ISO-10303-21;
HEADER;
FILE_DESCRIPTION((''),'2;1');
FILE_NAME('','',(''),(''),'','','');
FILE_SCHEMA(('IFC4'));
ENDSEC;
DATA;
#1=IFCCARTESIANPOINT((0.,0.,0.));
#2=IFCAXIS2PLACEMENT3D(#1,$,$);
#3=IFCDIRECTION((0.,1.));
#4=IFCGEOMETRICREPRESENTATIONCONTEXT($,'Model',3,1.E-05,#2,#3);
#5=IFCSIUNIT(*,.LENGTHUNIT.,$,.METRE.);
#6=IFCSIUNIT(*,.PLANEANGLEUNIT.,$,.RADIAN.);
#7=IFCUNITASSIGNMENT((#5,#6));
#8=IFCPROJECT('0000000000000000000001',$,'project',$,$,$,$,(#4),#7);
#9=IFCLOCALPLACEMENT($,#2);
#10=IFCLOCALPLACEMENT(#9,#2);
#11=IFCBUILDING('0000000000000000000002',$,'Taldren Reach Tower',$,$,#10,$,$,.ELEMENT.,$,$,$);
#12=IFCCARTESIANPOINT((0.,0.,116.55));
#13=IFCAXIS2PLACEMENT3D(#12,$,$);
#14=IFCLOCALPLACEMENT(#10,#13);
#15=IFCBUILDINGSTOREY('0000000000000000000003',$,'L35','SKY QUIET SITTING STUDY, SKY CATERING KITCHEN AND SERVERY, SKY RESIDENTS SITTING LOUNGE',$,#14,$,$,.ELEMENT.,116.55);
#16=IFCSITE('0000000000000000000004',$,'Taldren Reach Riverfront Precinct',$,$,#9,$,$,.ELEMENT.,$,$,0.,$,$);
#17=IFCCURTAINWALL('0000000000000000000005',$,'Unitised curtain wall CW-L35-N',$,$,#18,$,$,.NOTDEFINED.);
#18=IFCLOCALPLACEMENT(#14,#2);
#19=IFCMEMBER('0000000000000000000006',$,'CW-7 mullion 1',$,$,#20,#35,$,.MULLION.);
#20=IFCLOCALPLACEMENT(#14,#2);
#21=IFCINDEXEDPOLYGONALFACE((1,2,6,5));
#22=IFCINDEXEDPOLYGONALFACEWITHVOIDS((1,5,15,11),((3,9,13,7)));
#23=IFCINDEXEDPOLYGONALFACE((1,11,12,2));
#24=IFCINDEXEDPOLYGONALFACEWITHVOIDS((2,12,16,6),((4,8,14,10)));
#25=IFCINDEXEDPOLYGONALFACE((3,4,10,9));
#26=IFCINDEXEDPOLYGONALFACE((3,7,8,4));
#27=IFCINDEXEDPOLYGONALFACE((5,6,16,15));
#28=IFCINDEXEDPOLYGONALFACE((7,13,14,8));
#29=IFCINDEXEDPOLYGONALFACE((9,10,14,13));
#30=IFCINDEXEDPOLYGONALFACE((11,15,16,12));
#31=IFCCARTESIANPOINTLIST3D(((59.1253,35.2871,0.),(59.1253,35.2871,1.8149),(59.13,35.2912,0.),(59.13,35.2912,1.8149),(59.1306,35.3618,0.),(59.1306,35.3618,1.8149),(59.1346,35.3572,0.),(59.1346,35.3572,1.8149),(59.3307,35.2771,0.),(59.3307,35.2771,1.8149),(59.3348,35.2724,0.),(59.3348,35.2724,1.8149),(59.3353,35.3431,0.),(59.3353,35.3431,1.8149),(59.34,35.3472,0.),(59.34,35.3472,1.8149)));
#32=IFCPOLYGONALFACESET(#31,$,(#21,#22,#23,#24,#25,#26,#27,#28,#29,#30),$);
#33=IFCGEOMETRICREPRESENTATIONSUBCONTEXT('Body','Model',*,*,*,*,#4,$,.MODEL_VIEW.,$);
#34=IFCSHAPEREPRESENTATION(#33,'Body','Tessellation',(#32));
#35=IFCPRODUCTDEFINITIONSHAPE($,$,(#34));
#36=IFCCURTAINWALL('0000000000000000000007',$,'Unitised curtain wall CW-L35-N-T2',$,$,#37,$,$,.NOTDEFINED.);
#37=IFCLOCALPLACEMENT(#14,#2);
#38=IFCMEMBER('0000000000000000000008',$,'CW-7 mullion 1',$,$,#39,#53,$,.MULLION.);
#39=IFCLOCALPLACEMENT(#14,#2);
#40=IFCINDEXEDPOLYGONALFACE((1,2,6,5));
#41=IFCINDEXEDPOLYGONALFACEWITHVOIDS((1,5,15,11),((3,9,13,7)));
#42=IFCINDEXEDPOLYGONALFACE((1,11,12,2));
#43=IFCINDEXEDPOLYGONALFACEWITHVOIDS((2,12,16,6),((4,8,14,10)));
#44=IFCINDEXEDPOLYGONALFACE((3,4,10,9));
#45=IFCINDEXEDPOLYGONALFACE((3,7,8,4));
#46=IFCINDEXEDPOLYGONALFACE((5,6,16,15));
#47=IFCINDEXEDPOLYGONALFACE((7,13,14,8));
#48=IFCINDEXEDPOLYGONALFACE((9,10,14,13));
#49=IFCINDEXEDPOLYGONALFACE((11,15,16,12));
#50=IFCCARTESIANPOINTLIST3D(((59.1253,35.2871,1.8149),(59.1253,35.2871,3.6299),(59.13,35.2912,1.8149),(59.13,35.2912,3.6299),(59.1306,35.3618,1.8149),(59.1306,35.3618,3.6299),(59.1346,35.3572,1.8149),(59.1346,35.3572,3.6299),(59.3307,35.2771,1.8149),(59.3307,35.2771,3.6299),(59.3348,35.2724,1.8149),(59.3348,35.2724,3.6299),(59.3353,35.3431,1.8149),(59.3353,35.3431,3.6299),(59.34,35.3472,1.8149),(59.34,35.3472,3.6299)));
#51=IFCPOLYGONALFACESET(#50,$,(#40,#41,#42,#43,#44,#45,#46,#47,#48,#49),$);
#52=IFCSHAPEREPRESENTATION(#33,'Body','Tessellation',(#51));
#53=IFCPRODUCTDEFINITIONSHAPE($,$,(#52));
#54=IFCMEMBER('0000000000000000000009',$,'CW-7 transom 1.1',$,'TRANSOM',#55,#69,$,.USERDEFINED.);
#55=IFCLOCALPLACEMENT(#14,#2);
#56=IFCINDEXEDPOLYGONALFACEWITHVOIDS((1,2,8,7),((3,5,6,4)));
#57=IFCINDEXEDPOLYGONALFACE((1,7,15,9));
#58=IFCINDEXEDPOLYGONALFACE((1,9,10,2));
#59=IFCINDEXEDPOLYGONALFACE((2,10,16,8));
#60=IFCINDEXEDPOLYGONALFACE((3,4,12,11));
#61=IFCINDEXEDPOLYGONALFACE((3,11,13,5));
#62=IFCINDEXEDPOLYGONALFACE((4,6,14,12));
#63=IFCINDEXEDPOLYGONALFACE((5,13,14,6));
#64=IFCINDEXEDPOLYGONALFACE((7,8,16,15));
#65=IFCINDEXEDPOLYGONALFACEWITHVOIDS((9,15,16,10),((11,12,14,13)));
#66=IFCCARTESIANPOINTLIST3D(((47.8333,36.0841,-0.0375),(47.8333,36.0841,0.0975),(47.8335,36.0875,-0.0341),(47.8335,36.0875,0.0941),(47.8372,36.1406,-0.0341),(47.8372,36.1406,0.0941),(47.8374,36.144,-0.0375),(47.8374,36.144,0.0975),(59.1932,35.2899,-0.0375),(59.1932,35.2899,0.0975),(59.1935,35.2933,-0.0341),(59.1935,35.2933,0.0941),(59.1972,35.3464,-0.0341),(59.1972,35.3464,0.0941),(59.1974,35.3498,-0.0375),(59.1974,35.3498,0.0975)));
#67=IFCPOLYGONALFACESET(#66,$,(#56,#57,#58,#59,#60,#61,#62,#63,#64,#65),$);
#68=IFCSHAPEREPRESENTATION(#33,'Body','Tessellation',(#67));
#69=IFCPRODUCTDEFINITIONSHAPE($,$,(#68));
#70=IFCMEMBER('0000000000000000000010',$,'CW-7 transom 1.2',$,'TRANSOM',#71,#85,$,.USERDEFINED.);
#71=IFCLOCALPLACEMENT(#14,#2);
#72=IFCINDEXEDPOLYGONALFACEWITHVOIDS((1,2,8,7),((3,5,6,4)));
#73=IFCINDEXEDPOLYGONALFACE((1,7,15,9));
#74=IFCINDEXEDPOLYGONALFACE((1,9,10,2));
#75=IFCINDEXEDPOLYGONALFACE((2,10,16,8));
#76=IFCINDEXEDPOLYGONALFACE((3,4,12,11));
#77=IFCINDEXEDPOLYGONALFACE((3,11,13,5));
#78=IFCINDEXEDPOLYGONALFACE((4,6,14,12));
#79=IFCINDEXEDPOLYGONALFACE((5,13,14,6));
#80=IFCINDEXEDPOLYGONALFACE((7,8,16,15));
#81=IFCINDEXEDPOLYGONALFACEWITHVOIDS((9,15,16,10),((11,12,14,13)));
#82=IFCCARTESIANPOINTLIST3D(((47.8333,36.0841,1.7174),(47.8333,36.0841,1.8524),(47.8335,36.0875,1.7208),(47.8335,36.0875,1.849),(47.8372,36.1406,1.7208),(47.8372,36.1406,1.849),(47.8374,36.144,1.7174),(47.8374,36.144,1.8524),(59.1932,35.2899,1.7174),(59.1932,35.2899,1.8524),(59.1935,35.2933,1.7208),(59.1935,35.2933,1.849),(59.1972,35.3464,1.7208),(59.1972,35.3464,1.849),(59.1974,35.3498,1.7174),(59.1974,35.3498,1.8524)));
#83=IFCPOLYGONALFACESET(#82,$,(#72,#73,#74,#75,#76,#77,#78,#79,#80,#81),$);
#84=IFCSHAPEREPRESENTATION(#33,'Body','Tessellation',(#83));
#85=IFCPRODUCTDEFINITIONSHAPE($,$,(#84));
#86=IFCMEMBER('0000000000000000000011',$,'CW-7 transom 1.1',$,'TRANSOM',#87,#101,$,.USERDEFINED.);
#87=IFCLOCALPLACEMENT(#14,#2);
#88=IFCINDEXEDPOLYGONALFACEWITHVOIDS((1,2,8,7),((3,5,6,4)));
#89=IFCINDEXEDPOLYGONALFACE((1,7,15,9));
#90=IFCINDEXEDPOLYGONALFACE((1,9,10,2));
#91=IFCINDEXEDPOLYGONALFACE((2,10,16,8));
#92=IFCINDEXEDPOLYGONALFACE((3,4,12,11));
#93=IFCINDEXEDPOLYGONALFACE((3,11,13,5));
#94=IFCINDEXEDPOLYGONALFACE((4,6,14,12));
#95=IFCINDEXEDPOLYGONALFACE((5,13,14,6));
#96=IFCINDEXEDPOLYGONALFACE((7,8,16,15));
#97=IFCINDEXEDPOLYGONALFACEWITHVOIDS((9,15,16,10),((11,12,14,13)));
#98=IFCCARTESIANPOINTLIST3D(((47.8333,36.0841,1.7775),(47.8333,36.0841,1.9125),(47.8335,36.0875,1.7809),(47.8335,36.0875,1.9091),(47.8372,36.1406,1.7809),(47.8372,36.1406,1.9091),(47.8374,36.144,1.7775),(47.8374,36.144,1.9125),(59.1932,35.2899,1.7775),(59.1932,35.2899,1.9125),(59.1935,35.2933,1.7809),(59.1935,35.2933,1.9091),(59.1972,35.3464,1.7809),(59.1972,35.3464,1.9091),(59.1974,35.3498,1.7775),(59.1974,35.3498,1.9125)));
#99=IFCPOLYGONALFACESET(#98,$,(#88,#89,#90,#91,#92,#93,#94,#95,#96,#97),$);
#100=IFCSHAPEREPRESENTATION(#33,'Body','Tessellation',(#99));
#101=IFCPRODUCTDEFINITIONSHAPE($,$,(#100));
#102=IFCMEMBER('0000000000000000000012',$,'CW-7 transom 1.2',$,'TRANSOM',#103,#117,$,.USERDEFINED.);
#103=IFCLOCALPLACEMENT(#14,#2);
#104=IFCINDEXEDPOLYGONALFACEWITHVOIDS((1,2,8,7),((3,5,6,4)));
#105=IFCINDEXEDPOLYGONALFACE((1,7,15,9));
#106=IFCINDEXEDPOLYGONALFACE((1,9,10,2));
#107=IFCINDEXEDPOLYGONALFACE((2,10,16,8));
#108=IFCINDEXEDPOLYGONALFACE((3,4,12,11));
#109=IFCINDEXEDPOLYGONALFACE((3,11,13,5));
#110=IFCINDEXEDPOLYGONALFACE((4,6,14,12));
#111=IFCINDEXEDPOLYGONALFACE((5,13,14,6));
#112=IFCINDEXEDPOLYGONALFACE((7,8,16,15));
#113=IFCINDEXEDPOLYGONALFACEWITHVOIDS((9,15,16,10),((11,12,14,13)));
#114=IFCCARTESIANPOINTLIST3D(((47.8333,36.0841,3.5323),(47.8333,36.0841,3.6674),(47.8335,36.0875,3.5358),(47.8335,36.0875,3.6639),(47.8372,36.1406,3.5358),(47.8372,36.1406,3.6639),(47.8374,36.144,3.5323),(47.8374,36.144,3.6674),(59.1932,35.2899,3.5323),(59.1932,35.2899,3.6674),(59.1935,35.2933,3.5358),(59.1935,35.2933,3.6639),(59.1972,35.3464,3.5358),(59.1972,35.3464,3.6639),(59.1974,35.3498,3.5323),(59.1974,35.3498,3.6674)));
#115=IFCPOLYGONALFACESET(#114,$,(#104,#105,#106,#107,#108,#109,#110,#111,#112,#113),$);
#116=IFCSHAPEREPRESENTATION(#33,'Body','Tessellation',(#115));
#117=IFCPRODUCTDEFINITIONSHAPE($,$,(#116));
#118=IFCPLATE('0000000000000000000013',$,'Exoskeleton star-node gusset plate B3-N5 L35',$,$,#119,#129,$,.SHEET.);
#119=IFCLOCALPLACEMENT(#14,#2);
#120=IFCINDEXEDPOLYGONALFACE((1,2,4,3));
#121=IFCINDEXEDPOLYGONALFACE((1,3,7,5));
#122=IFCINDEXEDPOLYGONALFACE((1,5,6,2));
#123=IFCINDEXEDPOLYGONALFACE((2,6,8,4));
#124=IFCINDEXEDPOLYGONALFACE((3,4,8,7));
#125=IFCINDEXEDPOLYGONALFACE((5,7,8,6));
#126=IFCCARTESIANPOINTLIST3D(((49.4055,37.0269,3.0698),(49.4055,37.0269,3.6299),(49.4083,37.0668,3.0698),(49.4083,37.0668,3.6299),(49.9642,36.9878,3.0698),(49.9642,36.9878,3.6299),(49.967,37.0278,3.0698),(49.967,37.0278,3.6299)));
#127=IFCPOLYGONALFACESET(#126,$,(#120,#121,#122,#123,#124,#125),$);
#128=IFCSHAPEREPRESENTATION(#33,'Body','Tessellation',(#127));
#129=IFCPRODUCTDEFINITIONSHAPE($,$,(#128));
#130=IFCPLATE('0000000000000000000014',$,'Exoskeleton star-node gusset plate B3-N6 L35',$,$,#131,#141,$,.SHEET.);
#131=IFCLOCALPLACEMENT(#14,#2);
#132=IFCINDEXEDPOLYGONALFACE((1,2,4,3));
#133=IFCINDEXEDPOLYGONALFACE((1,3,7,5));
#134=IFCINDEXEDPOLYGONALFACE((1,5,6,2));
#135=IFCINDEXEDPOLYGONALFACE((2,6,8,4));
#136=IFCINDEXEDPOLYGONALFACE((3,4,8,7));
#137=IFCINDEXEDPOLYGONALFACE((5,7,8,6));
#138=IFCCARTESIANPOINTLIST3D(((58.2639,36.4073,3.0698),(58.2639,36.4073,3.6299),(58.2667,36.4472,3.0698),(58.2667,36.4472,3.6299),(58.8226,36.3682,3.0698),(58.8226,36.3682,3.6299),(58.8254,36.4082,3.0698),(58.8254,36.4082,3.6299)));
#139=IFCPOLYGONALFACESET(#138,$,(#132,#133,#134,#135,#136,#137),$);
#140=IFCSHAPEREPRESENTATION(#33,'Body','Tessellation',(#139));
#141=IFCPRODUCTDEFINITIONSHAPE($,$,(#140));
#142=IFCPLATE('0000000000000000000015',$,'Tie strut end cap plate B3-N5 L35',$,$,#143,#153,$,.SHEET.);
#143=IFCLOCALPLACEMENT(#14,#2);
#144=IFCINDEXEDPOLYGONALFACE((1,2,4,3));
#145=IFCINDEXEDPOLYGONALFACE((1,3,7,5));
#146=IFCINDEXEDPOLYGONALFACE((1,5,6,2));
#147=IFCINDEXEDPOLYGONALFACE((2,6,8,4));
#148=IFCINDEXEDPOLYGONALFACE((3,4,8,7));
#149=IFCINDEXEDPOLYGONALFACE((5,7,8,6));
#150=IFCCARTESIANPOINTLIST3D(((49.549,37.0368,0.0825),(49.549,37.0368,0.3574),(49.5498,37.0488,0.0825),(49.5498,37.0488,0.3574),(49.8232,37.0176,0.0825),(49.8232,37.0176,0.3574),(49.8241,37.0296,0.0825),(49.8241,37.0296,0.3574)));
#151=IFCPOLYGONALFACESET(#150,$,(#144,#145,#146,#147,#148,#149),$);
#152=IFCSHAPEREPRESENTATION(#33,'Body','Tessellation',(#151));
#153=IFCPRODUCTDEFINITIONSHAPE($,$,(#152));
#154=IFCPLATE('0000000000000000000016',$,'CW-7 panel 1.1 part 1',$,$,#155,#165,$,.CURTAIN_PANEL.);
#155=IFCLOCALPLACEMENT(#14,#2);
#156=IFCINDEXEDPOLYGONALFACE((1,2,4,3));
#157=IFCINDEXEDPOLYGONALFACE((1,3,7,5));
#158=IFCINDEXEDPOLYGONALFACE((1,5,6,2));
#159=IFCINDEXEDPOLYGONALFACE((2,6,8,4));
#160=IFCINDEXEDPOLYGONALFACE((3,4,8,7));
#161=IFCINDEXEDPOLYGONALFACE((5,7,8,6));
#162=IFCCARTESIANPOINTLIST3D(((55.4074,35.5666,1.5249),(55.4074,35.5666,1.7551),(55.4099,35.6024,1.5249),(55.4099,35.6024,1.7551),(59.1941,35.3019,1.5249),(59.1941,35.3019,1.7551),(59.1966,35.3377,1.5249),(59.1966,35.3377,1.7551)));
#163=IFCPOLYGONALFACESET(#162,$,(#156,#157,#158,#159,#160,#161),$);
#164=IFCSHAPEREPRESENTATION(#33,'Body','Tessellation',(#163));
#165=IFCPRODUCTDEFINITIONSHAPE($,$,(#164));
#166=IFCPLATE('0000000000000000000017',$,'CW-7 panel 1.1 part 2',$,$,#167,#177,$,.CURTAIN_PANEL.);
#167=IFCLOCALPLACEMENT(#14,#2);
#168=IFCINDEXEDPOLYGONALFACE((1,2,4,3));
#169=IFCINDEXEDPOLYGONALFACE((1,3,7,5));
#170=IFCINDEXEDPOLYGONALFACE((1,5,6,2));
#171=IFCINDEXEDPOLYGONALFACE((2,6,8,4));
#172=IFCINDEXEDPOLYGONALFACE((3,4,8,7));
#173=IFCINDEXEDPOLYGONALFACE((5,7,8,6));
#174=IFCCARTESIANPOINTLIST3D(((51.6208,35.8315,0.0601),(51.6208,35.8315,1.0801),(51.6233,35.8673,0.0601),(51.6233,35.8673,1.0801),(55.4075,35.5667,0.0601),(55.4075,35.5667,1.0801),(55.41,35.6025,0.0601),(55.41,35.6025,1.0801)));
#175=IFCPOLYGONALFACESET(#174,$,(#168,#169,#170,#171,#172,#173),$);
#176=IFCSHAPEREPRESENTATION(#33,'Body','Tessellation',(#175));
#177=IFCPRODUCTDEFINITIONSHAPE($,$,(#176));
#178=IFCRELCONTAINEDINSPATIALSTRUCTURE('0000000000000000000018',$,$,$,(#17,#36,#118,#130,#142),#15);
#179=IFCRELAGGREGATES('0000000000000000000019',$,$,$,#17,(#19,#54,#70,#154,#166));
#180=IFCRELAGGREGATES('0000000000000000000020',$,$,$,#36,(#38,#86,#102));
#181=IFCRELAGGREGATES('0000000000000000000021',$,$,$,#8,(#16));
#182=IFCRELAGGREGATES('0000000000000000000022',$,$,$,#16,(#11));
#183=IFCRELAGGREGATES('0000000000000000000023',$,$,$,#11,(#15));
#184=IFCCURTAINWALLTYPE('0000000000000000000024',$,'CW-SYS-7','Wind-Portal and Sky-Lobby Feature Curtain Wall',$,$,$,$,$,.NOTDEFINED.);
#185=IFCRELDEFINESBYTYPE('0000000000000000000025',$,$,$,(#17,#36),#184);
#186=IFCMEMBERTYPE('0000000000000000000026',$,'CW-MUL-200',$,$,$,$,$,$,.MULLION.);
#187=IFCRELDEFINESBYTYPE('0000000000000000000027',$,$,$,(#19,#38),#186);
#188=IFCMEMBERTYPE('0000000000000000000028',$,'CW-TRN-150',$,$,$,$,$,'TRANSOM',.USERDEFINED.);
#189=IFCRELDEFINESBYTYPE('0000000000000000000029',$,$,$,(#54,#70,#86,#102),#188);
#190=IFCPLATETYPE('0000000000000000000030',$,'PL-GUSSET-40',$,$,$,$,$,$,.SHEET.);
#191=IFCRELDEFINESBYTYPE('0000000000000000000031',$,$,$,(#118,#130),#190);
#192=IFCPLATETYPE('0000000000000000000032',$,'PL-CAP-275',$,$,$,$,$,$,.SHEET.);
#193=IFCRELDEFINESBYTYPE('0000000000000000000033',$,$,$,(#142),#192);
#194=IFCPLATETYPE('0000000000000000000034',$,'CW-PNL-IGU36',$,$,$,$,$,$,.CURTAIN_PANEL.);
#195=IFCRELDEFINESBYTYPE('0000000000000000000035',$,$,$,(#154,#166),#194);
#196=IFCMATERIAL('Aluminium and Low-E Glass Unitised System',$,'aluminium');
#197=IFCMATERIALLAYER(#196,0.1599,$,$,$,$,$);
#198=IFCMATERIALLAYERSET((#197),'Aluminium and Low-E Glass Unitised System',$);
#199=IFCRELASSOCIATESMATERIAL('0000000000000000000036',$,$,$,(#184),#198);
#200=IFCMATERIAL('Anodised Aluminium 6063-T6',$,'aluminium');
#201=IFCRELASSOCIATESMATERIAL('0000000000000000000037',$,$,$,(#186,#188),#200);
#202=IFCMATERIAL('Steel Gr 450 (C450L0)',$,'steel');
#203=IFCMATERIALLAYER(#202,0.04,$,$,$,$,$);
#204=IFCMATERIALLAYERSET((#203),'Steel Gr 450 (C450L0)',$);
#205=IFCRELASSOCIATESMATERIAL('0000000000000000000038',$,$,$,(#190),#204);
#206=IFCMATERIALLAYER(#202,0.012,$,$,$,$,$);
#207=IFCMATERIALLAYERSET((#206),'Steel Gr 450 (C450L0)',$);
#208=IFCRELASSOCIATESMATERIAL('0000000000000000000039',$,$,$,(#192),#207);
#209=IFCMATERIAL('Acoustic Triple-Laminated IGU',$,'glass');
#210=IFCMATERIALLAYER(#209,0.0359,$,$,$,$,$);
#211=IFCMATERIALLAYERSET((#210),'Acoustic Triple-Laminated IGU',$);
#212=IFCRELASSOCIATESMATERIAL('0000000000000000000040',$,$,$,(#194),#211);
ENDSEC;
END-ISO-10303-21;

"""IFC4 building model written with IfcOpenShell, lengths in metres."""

from ifc_helpers import new_model, si_unit, direction, frame, origin, origin_2d, place, context, subcontext, project, spatial, rectangle, hollow_rectangle, extrude, source, transform, mapped, material, layer, layer_set, material_profile, profile_set, type_object, element, aggregate, save


model = new_model("IFC4")

# Units and contexts
model_context = context("Model", 3, precision=1e-05, world=origin(), true_north=direction((0.0, 1.0)))
body_context = subcontext(model_context, "Body", "Model", "MODEL_VIEW")
ifc_project = project(units=[si_unit("LENGTHUNIT", "METRE"), si_unit("PLANEANGLEUNIT", "RADIAN")], contexts=[model_context])

# Site, building, storey
site_placement = place(None, origin())
site = spatial("IfcSite", under=ifc_project, at=site_placement, Name="Taldren Reach Riverfront Precinct", CompositionType="ELEMENT", RefElevation=0.0)
building_placement = place(site_placement, origin())
building = spatial("IfcBuilding", under=site, at=building_placement, Name="Taldren Reach Tower", CompositionType="ELEMENT")
storey_placement = place(building_placement, frame((0.0, 0.0, 116.55)))
storey = spatial("IfcBuildingStorey", under=building, at=storey_placement, Name="L35", Description="SKY QUIET SITTING STUDY, SKY CATERING KITCHEN AND SERVERY, SKY RESIDENTS SITTING LOUNGE", CompositionType="ELEMENT", Elevation=116.55)

# Shared definitions
ifc_material_1 = material(Name="Steel Gr 450 (C450L0)", Category="steel")

# Curtain walls, members
ifc_material_2 = material(Name="Aluminium and Low-E Glass Unitised System", Category="aluminium")
ifc_layer_1 = layer(ifc_material_2, 0.1599)
ifc_layer_set_1 = layer_set([ifc_layer_1], Name="Aluminium and Low-E Glass Unitised System")
curtain_wall_type = type_object("IfcCurtainWallType", Name="CW-SYS-7", Description="Wind-Portal and Sky-Lobby Feature Curtain Wall", PredefinedType="NOTDEFINED", material=ifc_layer_set_1)
curtain_wall_1_placement = place(storey_placement, origin())
curtain_wall_1 = element("IfcCurtainWall", 1, at=curtain_wall_1_placement, inside=storey, type_object=curtain_wall_type, Name="Unitised curtain wall CW-L35-N", PredefinedType="NOTDEFINED")
ifc_material_3 = material(Name="Anodised Aluminium 6063-T6", Category="aluminium")
ifc_material_profile_1 = material_profile(ifc_material_3, hollow_rectangle(XDim=0.075, YDim=0.21, WallThickness=0.0044, at=origin_2d()), Name="ALU-210x75x4.5RHS")
ifc_profile_set_1 = profile_set([ifc_material_profile_1], Name="Anodised Aluminium 6063-T6")
member_type_1 = type_object("IfcMemberType", Name="CW-MUL-200", PredefinedType="MULLION", material=ifc_profile_set_1)
shared_shape_1 = source(origin(), body_context, "Body", "SweptSolid", [
    extrude(hollow_rectangle(XDim=0.075, YDim=0.21, WallThickness=0.0044, at=origin_2d()), origin(), (0.0, 0.0, 1.0), 1.8149),
])
member_1_placement = place(storey_placement, frame((59.2327, 35.3171, 0.0), z_axis=(0.0, 0.0, 1.0), x_axis=(-0.069757, -0.997564, 0.0)))
member_1 = element("IfcMember", 2, at=member_1_placement, type_object=member_type_1, Name="CW-7 mullion 1", PredefinedType="MULLION", context=body_context, shape_type="MappedRepresentation", body=[
    mapped(shared_shape_1, transform((0.0, 0.0, 0.0), scale=1.0)),
])
curtain_wall_2_placement = place(storey_placement, origin())
curtain_wall_2 = element("IfcCurtainWall", 3, at=curtain_wall_2_placement, inside=storey, type_object=curtain_wall_type, Name="Unitised curtain wall CW-L35-N-T2", PredefinedType="NOTDEFINED")
member_2_placement = place(storey_placement, frame((59.2327, 35.3171, 1.8149), z_axis=(0.0, 0.0, 1.0), x_axis=(-0.069757, -0.997564, 0.0)))
member_2 = element("IfcMember", 4, at=member_2_placement, type_object=member_type_1, Name="CW-7 mullion 1", PredefinedType="MULLION", context=body_context, shape_type="MappedRepresentation", body=[
    mapped(shared_shape_1, transform((0.0, 0.0, 0.0), scale=1.0)),
])

# Members
ifc_material_profile_2 = material_profile(ifc_material_3, hollow_rectangle(XDim=0.0601, YDim=0.135, WallThickness=0.0034, at=origin_2d()), Name="ALU-135x60x3.5RHS")
ifc_profile_set_2 = profile_set([ifc_material_profile_2], Name="Anodised Aluminium 6063-T6")
member_type_2 = type_object("IfcMemberType", Name="CW-TRN-150", ElementType="TRANSOM", PredefinedType="USERDEFINED", material=ifc_profile_set_2)
shared_shape_2 = source(origin(), body_context, "Body", "SweptSolid", [
    extrude(hollow_rectangle(XDim=0.0601, YDim=0.135, WallThickness=0.0034, at=origin_2d()), origin(), (0.0, 0.0, 1.0), 11.3877),
])
member_3_placement = place(storey_placement, frame((59.1953, 35.3198, 0.03), z_axis=(-0.997565, 0.069742, 0.0), x_axis=(-0.069742, -0.997565, 0.0)))
member_3 = element("IfcMember", 5, at=member_3_placement, type_object=member_type_2, Name="CW-7 transom 1.1", ObjectType="TRANSOM", PredefinedType="USERDEFINED", context=body_context, shape_type="MappedRepresentation", body=[
    mapped(shared_shape_2, transform((0.0, 0.0, 0.0), scale=1.0)),
])
member_4_placement = place(storey_placement, frame((59.1953, 35.3198, 1.7849), z_axis=(-0.997565, 0.069742, 0.0), x_axis=(-0.069742, -0.997565, 0.0)))
member_4 = element("IfcMember", 6, at=member_4_placement, type_object=member_type_2, Name="CW-7 transom 1.2", ObjectType="TRANSOM", PredefinedType="USERDEFINED", context=body_context, shape_type="MappedRepresentation", body=[
    mapped(shared_shape_2, transform((0.0, 0.0, 0.0), scale=1.0)),
])
member_5_placement = place(storey_placement, frame((59.1953, 35.3198, 1.845), z_axis=(-0.997565, 0.069742, 0.0), x_axis=(-0.069742, -0.997565, 0.0)))
member_5 = element("IfcMember", 7, at=member_5_placement, type_object=member_type_2, Name="CW-7 transom 1.1", ObjectType="TRANSOM", PredefinedType="USERDEFINED", context=body_context, shape_type="MappedRepresentation", body=[
    mapped(shared_shape_2, transform((0.0, 0.0, 0.0), scale=1.0)),
])
member_6_placement = place(storey_placement, frame((59.1953, 35.3198, 3.5999), z_axis=(-0.997565, 0.069742, 0.0), x_axis=(-0.069742, -0.997565, 0.0)))
member_6 = element("IfcMember", 8, at=member_6_placement, type_object=member_type_2, Name="CW-7 transom 1.2", ObjectType="TRANSOM", PredefinedType="USERDEFINED", context=body_context, shape_type="MappedRepresentation", body=[
    mapped(shared_shape_2, transform((0.0, 0.0, 0.0), scale=1.0)),
])

# Plates
ifc_layer_2 = layer(ifc_material_1, 0.04)
ifc_layer_set_2 = layer_set([ifc_layer_2], Name="Steel Gr 450 (C450L0)")
plate_type_1 = type_object("IfcPlateType", Name="PL-GUSSET-40", PredefinedType="SHEET", material=ifc_layer_set_2)
shared_shape_3 = source(origin(), body_context, "Body", "SweptSolid", [
    extrude(rectangle(XDim=0.5601, YDim=0.04, at=origin_2d()), origin(), (0.0, 0.0, 1.0), 0.5601),
])
for number, where, z_axis, x_axis, name in (
    (9, (49.6863, 37.0273, 3.0698), (0.0, 0.0, 1.0), (0.997564, -0.069756, 0.0), "Exoskeleton star-node gusset plate B3-N5 L35"),
    (10, (58.5447, 36.4077, 3.0698), (0.0, 0.0, 1.0), (0.997564, -0.069756, 0.0), "Exoskeleton star-node gusset plate B3-N6 L35"),
):
    element("IfcPlate", number, at=place(storey_placement, frame(where, z_axis=z_axis, x_axis=x_axis)), inside=storey, type_object=plate_type_1, Name=name, PredefinedType="SHEET", context=body_context, shape_type="MappedRepresentation", body=[
        mapped(shared_shape_3, transform((0.0, 0.0, 0.0), scale=1.0)),
    ])
ifc_layer_3 = layer(ifc_material_1, 0.012)
ifc_layer_set_3 = layer_set([ifc_layer_3], Name="Steel Gr 450 (C450L0)")
plate_type_2 = type_object("IfcPlateType", Name="PL-CAP-275", PredefinedType="SHEET", material=ifc_layer_set_3)
shared_shape_4 = source(origin(), body_context, "Body", "SweptSolid", [
    extrude(rectangle(XDim=0.2749, YDim=0.012, at=origin_2d()), origin(), (0.0, 0.0, 1.0), 0.2749),
])
plate_1_placement = place(storey_placement, frame((49.6865, 37.0332, 0.0825), z_axis=(0.0, 0.0, 1.0), x_axis=(0.997564, -0.069756, 0.0)))
element("IfcPlate", 11, at=plate_1_placement, inside=storey, type_object=plate_type_2, Name="Tie strut end cap plate B3-N5 L35", PredefinedType="SHEET", context=body_context, shape_type="MappedRepresentation", body=[
    mapped(shared_shape_4, transform((0.0, 0.0, 0.0), scale=1.0)),
])

# Plates
ifc_material_4 = material(Name="Acoustic Triple-Laminated IGU", Category="glass")
ifc_layer_4 = layer(ifc_material_4, 0.0359)
ifc_layer_set_4 = layer_set([ifc_layer_4], Name="Acoustic Triple-Laminated IGU")
plate_type_3 = type_object("IfcPlateType", Name="CW-PNL-IGU36", PredefinedType="CURTAIN_PANEL", material=ifc_layer_set_4)
shared_shape_5 = source(origin(), body_context, "Body", "SweptSolid", [
    extrude(rectangle(XDim=3.7959, YDim=0.0359, at=origin_2d()), origin(), (0.0, 0.0, 1.0), 0.2302),
])
plate_2_placement = place(storey_placement, frame((57.302, 35.4521, 1.5249), z_axis=(0.0, 0.0, 1.0), x_axis=(-0.997564, 0.069757, 0.0)))
plate_2 = element("IfcPlate", 12, at=plate_2_placement, type_object=plate_type_3, Name="CW-7 panel 1.1 part 1", PredefinedType="CURTAIN_PANEL", context=body_context, shape_type="MappedRepresentation", body=[
    mapped(shared_shape_5, transform((0.0, 0.0, 0.0), scale=1.0)),
])
shared_shape_6 = source(origin(), body_context, "Body", "SweptSolid", [
    extrude(rectangle(XDim=3.7959, YDim=0.0359, at=origin_2d()), origin(), (0.0, 0.0, 1.0), 1.02),
])
plate_3_placement = place(storey_placement, frame((53.5154, 35.717, 0.0601), z_axis=(0.0, 0.0, 1.0), x_axis=(-0.997564, 0.069757, 0.0)))
plate_3 = element("IfcPlate", 13, at=plate_3_placement, type_object=plate_type_3, Name="CW-7 panel 1.1 part 2", PredefinedType="CURTAIN_PANEL", context=body_context, shape_type="MappedRepresentation", body=[
    mapped(shared_shape_6, transform((0.0, 0.0, 0.0), scale=1.0)),
])
aggregate(curtain_wall_1, [member_1, member_3, member_4, plate_2, plate_3])
aggregate(curtain_wall_2, [member_2, member_5, member_6])

save(model, "model.ifc")
